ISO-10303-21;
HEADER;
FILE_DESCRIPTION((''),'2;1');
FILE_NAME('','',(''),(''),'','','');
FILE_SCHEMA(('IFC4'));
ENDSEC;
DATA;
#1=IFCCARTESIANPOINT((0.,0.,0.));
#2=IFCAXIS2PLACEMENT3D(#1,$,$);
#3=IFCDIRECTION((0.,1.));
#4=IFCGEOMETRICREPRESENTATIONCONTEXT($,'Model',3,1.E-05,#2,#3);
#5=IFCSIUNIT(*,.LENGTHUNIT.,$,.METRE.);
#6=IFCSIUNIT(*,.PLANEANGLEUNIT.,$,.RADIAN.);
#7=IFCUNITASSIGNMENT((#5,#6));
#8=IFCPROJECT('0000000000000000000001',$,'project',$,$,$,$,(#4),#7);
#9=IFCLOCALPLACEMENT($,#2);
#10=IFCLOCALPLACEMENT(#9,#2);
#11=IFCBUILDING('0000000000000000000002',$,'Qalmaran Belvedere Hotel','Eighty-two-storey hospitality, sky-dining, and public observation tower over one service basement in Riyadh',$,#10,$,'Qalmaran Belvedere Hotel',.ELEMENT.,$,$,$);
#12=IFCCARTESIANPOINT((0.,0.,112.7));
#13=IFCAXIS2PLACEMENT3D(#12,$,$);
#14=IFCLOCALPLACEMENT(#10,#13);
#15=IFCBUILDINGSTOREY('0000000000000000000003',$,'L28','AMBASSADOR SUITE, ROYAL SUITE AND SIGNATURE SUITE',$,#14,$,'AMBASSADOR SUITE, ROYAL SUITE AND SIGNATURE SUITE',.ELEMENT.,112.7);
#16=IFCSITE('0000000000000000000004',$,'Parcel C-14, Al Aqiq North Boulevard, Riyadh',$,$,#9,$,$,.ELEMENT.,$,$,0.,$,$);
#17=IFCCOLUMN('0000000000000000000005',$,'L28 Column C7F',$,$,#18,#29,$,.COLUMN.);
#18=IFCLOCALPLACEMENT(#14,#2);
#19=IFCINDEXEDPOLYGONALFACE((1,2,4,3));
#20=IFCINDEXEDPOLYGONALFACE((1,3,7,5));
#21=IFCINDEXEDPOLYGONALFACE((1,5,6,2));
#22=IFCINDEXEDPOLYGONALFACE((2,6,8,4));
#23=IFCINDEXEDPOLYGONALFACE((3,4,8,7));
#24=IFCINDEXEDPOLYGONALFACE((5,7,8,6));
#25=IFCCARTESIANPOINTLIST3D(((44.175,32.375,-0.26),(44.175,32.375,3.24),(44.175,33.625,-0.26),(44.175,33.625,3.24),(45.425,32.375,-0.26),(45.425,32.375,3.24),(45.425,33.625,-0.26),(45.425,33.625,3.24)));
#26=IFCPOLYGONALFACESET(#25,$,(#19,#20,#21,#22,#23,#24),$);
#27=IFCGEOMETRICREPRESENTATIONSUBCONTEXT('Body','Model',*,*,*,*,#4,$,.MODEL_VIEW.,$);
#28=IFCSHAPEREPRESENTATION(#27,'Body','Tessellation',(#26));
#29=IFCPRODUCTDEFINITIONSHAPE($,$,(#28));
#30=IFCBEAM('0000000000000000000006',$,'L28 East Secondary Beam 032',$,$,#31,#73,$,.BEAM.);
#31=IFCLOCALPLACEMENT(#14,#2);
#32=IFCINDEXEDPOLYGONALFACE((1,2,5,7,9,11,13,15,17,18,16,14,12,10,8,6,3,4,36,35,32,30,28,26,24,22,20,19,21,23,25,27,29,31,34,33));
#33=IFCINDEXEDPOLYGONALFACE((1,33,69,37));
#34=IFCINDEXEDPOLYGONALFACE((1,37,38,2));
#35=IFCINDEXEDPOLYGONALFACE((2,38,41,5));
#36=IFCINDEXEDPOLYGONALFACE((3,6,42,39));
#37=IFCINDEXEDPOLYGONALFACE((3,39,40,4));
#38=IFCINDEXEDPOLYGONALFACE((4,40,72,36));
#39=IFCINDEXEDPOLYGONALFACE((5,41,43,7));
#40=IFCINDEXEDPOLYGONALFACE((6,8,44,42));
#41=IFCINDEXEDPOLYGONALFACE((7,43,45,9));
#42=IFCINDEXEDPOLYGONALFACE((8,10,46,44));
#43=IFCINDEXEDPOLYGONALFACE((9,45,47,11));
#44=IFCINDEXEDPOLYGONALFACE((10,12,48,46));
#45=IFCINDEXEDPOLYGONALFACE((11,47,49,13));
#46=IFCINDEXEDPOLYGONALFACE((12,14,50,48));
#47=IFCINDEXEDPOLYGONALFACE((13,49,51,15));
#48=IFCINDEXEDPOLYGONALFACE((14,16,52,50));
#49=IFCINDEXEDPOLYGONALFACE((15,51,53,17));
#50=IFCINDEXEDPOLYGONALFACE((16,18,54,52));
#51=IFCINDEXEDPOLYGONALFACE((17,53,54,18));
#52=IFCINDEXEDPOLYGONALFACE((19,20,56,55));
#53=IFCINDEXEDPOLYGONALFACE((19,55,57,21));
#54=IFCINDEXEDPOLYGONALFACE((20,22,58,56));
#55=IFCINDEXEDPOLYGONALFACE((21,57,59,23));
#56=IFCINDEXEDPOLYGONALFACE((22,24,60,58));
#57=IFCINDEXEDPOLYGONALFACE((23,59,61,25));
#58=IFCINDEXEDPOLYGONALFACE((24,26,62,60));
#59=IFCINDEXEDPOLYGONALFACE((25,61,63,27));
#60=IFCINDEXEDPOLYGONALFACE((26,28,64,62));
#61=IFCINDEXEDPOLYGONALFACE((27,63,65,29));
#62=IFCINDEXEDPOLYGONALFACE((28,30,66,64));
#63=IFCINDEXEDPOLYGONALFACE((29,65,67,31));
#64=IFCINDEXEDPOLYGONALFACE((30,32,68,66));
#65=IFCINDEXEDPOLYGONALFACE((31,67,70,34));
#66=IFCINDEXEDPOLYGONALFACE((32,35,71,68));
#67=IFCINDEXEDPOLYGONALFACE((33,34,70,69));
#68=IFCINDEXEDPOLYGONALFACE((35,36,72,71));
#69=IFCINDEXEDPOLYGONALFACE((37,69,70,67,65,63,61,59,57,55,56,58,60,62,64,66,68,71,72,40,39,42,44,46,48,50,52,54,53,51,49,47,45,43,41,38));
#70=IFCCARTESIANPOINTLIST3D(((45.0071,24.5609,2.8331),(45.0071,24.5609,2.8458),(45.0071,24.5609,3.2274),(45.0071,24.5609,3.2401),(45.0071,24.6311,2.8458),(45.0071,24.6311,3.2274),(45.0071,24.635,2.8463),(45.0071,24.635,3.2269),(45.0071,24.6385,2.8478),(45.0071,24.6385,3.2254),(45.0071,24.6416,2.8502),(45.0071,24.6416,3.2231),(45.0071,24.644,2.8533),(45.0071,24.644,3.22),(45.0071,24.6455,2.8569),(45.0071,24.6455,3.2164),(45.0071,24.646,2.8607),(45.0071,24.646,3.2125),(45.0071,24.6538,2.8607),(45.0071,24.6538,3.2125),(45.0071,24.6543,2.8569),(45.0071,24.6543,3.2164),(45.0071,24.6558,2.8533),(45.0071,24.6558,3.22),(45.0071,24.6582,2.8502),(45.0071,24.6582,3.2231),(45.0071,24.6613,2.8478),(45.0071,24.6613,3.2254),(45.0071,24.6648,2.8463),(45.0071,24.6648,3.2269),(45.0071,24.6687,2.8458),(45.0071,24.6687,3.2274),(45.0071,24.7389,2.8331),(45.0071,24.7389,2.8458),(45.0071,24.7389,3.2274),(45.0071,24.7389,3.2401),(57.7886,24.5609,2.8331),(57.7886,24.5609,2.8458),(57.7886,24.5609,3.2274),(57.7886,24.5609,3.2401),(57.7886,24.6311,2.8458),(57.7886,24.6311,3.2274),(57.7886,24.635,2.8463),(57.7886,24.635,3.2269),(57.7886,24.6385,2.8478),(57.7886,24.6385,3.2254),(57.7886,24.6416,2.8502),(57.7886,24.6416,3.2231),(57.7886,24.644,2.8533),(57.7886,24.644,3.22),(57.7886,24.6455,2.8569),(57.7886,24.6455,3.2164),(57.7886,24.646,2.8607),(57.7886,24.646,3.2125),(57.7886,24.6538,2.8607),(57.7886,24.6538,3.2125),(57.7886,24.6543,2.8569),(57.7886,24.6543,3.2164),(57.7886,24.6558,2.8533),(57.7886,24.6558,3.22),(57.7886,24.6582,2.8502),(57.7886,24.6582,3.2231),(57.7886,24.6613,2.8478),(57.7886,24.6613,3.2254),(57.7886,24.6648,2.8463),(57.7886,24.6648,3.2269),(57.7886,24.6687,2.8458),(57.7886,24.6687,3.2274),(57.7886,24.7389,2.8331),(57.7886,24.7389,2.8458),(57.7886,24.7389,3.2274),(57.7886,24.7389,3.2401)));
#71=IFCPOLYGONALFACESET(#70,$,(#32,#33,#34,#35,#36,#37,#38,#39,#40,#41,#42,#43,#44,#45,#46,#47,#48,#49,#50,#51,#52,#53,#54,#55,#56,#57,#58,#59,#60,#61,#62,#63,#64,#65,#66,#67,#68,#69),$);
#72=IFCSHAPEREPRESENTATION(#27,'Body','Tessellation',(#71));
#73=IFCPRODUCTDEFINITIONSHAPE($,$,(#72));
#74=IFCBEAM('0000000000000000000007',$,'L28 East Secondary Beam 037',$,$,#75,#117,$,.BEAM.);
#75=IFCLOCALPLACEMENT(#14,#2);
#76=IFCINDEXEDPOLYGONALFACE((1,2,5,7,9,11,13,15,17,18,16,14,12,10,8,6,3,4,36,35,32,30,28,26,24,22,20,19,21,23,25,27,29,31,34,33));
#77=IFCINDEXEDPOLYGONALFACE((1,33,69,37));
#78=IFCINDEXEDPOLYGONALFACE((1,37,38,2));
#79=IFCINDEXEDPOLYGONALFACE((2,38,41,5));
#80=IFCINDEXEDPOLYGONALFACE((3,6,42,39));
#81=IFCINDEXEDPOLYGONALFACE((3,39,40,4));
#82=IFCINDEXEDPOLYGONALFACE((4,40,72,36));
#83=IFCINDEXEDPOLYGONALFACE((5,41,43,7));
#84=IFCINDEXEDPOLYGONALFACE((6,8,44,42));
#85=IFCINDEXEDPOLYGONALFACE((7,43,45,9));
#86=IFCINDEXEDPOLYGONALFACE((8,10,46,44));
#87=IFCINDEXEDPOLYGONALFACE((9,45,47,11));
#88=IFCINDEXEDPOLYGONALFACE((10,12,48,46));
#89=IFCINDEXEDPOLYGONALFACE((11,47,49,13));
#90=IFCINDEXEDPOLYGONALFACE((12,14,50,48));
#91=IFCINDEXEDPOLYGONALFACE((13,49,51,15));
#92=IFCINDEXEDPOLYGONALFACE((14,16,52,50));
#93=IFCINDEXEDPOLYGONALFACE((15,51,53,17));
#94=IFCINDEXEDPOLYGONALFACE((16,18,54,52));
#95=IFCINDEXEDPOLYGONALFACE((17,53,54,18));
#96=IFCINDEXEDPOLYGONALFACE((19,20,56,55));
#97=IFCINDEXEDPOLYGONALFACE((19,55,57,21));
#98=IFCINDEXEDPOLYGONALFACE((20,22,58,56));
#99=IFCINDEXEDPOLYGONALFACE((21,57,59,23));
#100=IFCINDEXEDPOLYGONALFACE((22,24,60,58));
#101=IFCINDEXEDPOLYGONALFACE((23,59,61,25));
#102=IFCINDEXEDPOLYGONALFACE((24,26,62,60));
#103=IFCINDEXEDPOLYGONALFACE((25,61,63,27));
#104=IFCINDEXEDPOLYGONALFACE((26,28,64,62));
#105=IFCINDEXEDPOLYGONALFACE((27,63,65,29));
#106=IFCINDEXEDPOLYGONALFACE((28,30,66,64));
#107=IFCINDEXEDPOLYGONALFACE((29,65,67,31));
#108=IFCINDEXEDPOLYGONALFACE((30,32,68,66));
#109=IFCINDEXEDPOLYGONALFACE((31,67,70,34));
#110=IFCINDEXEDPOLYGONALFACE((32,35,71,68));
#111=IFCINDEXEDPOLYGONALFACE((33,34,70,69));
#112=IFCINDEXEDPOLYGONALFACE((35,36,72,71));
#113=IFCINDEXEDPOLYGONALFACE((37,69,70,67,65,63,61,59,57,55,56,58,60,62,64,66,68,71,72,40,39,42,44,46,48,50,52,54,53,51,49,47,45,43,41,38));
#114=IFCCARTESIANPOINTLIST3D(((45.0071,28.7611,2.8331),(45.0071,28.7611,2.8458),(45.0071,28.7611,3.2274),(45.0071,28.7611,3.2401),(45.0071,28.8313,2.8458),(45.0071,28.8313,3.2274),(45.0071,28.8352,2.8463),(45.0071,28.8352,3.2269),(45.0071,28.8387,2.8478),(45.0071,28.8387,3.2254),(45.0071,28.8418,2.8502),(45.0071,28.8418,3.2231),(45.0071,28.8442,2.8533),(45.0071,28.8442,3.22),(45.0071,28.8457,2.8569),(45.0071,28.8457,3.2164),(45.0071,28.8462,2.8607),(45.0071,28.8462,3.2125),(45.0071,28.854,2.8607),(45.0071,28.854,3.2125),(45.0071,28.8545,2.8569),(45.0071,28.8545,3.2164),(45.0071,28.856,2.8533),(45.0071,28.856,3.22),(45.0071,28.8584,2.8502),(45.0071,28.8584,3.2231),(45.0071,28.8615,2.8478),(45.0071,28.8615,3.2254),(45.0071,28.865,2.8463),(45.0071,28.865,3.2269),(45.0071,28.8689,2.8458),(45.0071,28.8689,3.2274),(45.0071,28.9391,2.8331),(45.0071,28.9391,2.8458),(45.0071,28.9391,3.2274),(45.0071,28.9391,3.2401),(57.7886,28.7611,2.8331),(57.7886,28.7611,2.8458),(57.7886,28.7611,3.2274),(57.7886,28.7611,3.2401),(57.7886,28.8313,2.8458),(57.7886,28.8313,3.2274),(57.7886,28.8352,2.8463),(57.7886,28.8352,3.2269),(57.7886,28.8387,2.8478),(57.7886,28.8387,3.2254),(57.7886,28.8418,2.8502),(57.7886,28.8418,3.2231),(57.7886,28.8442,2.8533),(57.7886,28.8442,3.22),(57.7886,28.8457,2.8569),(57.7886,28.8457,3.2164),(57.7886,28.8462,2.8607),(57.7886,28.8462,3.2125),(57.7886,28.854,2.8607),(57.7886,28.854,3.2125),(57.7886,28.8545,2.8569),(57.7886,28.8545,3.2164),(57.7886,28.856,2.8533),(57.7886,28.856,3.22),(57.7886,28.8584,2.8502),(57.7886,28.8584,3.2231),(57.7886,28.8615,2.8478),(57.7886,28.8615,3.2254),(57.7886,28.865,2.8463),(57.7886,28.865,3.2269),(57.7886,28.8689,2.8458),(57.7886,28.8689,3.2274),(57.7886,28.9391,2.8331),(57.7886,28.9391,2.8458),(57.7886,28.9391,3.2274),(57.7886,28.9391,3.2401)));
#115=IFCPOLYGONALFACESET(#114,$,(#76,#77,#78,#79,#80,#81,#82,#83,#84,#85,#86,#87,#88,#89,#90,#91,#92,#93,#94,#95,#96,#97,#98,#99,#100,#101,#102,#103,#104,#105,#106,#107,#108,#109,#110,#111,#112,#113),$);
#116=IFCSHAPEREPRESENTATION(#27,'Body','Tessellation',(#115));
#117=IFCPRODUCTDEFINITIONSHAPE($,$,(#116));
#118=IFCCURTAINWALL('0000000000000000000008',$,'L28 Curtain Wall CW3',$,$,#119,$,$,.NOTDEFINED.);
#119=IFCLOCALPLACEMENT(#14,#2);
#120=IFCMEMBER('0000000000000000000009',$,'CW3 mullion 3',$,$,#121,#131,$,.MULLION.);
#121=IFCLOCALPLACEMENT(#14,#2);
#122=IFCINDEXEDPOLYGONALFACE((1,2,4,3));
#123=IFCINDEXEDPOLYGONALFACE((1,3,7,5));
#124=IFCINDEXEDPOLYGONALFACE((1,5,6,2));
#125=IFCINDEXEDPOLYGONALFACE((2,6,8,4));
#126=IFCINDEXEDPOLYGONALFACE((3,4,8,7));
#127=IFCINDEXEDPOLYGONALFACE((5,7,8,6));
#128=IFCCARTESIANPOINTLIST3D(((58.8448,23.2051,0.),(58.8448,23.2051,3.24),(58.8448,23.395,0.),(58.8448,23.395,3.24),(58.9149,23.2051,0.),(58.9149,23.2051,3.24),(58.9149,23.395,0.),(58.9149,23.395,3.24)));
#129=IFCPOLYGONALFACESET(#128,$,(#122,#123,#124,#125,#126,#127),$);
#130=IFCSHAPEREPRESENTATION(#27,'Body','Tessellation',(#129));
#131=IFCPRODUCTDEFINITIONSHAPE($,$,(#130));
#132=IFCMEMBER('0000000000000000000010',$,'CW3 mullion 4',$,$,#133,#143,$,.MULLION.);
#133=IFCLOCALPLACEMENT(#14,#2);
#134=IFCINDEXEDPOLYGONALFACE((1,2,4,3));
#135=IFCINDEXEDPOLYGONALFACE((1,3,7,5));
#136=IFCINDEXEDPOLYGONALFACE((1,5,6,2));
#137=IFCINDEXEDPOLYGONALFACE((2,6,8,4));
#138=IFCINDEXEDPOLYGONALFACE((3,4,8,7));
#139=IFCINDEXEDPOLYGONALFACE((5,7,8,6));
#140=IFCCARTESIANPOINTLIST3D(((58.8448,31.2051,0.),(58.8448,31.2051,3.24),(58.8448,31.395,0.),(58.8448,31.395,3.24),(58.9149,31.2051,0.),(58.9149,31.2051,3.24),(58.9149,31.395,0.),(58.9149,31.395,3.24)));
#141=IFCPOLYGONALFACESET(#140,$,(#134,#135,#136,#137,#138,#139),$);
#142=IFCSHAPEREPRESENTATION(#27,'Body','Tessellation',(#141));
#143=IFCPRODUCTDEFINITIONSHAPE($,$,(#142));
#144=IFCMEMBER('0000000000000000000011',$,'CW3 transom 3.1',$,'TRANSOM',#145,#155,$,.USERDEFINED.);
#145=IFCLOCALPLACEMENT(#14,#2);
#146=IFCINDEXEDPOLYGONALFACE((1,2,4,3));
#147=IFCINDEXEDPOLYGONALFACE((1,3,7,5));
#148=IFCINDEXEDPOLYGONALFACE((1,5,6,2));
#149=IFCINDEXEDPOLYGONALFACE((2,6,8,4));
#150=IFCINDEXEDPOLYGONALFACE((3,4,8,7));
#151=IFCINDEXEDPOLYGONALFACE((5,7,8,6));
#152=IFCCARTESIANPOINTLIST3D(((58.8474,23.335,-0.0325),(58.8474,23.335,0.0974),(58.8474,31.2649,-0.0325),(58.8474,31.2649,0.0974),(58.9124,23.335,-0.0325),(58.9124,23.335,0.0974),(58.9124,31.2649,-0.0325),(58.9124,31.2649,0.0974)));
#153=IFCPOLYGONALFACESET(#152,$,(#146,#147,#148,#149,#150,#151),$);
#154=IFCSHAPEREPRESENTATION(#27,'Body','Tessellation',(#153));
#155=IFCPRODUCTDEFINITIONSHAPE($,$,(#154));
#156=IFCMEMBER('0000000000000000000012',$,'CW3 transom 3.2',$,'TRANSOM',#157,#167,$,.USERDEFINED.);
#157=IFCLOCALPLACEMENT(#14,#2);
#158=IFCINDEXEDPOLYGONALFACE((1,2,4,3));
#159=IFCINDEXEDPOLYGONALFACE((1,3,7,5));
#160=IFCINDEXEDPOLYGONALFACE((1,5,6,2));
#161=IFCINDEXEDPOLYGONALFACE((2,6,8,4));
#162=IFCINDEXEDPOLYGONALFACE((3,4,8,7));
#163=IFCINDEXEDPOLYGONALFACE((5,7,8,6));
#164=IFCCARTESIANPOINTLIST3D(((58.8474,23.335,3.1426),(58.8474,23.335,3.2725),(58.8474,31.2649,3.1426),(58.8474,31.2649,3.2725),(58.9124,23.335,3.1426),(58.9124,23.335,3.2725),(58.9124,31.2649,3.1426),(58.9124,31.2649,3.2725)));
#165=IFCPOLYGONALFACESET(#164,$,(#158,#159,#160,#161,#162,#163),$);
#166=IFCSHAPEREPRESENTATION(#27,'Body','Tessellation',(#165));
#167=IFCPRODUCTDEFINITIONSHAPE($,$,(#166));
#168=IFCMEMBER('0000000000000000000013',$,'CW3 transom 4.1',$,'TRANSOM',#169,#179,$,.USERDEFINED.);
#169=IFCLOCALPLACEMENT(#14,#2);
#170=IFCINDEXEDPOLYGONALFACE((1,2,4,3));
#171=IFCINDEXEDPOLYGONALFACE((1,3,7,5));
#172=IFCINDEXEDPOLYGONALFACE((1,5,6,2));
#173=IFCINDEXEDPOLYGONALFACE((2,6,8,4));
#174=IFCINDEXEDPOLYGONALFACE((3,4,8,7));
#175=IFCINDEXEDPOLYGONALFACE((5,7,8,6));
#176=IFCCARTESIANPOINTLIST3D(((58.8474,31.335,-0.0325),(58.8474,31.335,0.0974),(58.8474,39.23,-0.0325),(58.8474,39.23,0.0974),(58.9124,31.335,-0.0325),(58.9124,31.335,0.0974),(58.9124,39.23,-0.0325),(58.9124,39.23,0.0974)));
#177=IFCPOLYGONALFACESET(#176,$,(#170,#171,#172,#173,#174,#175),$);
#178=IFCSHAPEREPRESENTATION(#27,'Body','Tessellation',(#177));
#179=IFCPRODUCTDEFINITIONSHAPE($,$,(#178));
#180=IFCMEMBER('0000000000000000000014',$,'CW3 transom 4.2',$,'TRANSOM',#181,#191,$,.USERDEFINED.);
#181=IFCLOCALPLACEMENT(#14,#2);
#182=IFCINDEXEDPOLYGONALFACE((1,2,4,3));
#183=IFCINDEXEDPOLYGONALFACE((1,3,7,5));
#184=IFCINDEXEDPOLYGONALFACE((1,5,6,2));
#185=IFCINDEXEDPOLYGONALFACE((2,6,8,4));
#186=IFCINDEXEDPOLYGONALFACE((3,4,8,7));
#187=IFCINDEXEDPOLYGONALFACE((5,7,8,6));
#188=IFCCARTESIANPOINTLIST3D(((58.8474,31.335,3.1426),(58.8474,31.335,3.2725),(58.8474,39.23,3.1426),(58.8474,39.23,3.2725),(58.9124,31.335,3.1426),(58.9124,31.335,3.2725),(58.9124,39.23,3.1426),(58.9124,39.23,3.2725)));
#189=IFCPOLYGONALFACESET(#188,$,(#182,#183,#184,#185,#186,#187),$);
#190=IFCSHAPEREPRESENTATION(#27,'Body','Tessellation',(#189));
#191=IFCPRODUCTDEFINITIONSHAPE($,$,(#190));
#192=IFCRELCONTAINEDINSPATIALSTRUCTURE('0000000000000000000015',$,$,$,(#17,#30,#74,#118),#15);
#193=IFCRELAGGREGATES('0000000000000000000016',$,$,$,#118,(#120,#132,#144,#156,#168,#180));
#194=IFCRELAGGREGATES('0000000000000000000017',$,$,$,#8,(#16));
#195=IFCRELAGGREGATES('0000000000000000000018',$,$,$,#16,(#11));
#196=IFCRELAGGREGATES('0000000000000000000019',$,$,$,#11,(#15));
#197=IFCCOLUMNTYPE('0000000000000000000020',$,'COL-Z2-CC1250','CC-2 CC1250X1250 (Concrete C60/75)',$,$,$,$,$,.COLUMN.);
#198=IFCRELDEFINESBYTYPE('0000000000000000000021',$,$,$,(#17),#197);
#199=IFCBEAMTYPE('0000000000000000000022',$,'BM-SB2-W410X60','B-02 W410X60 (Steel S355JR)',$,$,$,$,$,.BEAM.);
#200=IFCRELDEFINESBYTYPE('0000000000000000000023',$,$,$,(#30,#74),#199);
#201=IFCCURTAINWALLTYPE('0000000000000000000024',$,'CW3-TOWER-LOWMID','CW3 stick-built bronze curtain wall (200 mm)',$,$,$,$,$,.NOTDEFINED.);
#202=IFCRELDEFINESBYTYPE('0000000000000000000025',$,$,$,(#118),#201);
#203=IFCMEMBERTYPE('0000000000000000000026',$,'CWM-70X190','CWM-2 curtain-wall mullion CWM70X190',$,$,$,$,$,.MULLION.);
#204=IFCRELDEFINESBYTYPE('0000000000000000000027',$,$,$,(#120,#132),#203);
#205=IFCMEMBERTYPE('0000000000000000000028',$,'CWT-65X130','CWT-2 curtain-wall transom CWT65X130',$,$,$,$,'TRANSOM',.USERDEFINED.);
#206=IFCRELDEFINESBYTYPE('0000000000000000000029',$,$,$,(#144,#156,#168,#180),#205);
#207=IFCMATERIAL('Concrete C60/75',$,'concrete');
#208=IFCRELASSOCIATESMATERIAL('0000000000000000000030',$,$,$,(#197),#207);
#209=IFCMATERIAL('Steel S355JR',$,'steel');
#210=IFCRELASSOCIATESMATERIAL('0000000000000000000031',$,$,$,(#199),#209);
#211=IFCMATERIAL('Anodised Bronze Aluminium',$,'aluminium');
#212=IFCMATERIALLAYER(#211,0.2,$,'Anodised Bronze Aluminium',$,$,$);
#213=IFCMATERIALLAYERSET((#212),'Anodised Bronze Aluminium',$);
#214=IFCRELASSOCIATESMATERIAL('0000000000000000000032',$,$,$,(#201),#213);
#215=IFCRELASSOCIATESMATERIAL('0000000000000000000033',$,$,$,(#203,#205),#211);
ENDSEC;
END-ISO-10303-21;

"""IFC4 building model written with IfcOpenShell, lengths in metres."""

from ifc_helpers import new_model, si_unit, direction, frame, origin, origin_2d, place, context, subcontext, project, spatial, rectangle, i_section, extrude, material, layer, layer_set, material_profile, profile_set, type_object, element, aggregate, save


model = new_model("IFC4")

# Units and contexts
model_context = context("Model", 3, precision=1e-05, world=origin(), true_north=direction((0.0, 1.0)))
body_context = subcontext(model_context, "Body", "Model", "MODEL_VIEW")
ifc_project = project(units=[si_unit("LENGTHUNIT", "METRE"), si_unit("PLANEANGLEUNIT", "RADIAN")], contexts=[model_context])

# Site, building, storey
site_placement = place(None, origin())
site = spatial("IfcSite", under=ifc_project, at=site_placement, Name="Parcel C-14, Al Aqiq North Boulevard, Riyadh", CompositionType="ELEMENT", RefElevation=0.0)
building_placement = place(site_placement, origin())
building = spatial("IfcBuilding", under=site, at=building_placement, Name="Qalmaran Belvedere Hotel", Description="Eighty-two-storey hospitality, sky-dining, and public observation tower over one service basement in Riyadh", LongName="Qalmaran Belvedere Hotel", CompositionType="ELEMENT")
storey_placement = place(building_placement, frame((0.0, 0.0, 112.7)))
storey = spatial("IfcBuildingStorey", under=building, at=storey_placement, Name="L28", Description="AMBASSADOR SUITE, ROYAL SUITE AND SIGNATURE SUITE", LongName="AMBASSADOR SUITE, ROYAL SUITE AND SIGNATURE SUITE", CompositionType="ELEMENT", Elevation=112.7)

# Column
ifc_material_1 = material(Name="Concrete C60/75", Category="concrete")
ifc_material_profile_1 = material_profile(ifc_material_1, rectangle(XDim=1.25, YDim=1.25, at=origin_2d()), Name="CC1250X1250")
ifc_profile_set_1 = profile_set([ifc_material_profile_1], Name="Concrete C60/75")
column_type = type_object("IfcColumnType", Name="COL-Z2-CC1250", Description="CC-2 CC1250X1250 (Concrete C60/75)", PredefinedType="COLUMN", material=ifc_profile_set_1)
column_placement = place(storey_placement, frame((44.8, 33.0, -0.26), z_axis=(0.0, 0.0, 1.0), x_axis=(1.0, 0.0, 0.0)))
element("IfcColumn", 1, at=column_placement, inside=storey, type_object=column_type, Name="L28 Column C7F", PredefinedType="COLUMN", context=body_context, shape_type="SweptSolid", body=[
    extrude(rectangle(XDim=1.25, YDim=1.25, at=origin_2d()), origin(), (0.0, 0.0, 1.0), 3.5),
])

# Beams
ifc_material_2 = material(Name="Steel S355JR", Category="steel")
ifc_material_profile_2 = material_profile(ifc_material_2, i_section(OverallWidth=0.178, OverallDepth=0.407, WebThickness=0.0078, FlangeThickness=0.0127, FilletRadius=0.0149, at=origin_2d()), Name="W410X60")
ifc_profile_set_2 = profile_set([ifc_material_profile_2], Name="Steel S355JR")
beam_type = type_object("IfcBeamType", Name="BM-SB2-W410X60", Description="B-02 W410X60 (Steel S355JR)", PredefinedType="BEAM", material=ifc_profile_set_2)
for number, where, z_axis, x_axis, name in (
    (2, (45.0071, 24.6499, 3.0366), (1.0, 0.0, 0.0), (0.0, 1.0, 0.0), "L28 East Secondary Beam 032"),
    (3, (45.0071, 28.8501, 3.0366), (1.0, 0.0, 0.0), (0.0, 1.0, 0.0), "L28 East Secondary Beam 037"),
):
    element("IfcBeam", number, at=place(storey_placement, frame(where, z_axis=z_axis, x_axis=x_axis)), inside=storey, type_object=beam_type, Name=name, PredefinedType="BEAM", context=body_context, shape_type="SweptSolid", body=[
        extrude(i_section(OverallWidth=0.178, OverallDepth=0.407, WebThickness=0.0078, FlangeThickness=0.0127, FilletRadius=0.0149, at=origin_2d()), origin(), (0.0, 0.0, 1.0), 12.7815),
    ])

# Curtain wall, members
ifc_material_3 = material(Name="Anodised Bronze Aluminium", Category="aluminium")
ifc_layer_1 = layer(ifc_material_3, 0.2, Name="Anodised Bronze Aluminium")
ifc_layer_set_1 = layer_set([ifc_layer_1], Name="Anodised Bronze Aluminium")
curtain_wall_type = type_object("IfcCurtainWallType", Name="CW3-TOWER-LOWMID", Description="CW3 stick-built bronze curtain wall (200 mm)", PredefinedType="NOTDEFINED", material=ifc_layer_set_1)
curtain_wall_placement = place(storey_placement, origin())
curtain_wall = element("IfcCurtainWall", 4, at=curtain_wall_placement, inside=storey, type_object=curtain_wall_type, Name="L28 Curtain Wall CW3", PredefinedType="NOTDEFINED")
ifc_material_profile_3 = material_profile(ifc_material_3, rectangle(XDim=0.0701, YDim=0.1899, at=origin_2d()), Name="CWM70X190")
ifc_profile_set_3 = profile_set([ifc_material_profile_3], Name="Anodised Bronze Aluminium")
member_type_1 = type_object("IfcMemberType", Name="CWM-70X190", Description="CWM-2 curtain-wall mullion CWM70X190", PredefinedType="MULLION", material=ifc_profile_set_3)
member_1_placement = place(storey_placement, frame((58.8799, 23.3, 0.0), z_axis=(0.0, 0.0, 1.0), x_axis=(-1.0, 0.0, 0.0)))
member_1 = element("IfcMember", 5, at=member_1_placement, type_object=member_type_1, Name="CW3 mullion 3", PredefinedType="MULLION", context=body_context, shape_type="SweptSolid", body=[
    extrude(rectangle(XDim=0.0701, YDim=0.1899, at=origin_2d()), origin(), (0.0, 0.0, 1.0), 3.24),
])
member_2_placement = place(storey_placement, frame((58.8799, 31.3, 0.0), z_axis=(0.0, 0.0, 1.0), x_axis=(-1.0, 0.0, 0.0)))
member_2 = element("IfcMember", 6, at=member_2_placement, type_object=member_type_1, Name="CW3 mullion 4", PredefinedType="MULLION", context=body_context, shape_type="SweptSolid", body=[
    extrude(rectangle(XDim=0.0701, YDim=0.1899, at=origin_2d()), origin(), (0.0, 0.0, 1.0), 3.24),
])
ifc_material_profile_4 = material_profile(ifc_material_3, rectangle(XDim=0.0649, YDim=0.1299, at=origin_2d()), Name="CWT65X130")
ifc_profile_set_4 = profile_set([ifc_material_profile_4], Name="Anodised Bronze Aluminium")
member_type_2 = type_object("IfcMemberType", Name="CWT-65X130", Description="CWT-2 curtain-wall transom CWT65X130", ElementType="TRANSOM", PredefinedType="USERDEFINED", material=ifc_profile_set_4)
member_3_placement = place(storey_placement, frame((58.8799, 23.335, 0.0325), z_axis=(0.0, 1.0, 0.0), x_axis=(-1.0, 0.0, 0.0)))
member_3 = element("IfcMember", 7, at=member_3_placement, type_object=member_type_2, Name="CW3 transom 3.1", ObjectType="TRANSOM", PredefinedType="USERDEFINED", context=body_context, shape_type="SweptSolid", body=[
    extrude(rectangle(XDim=0.0649, YDim=0.1299, at=origin_2d()), origin(), (0.0, 0.0, 1.0), 7.9299),
])
member_4_placement = place(storey_placement, frame((58.8799, 23.335, 3.2075), z_axis=(0.0, 1.0, 0.0), x_axis=(-1.0, 0.0, 0.0)))
member_4 = element("IfcMember", 8, at=member_4_placement, type_object=member_type_2, Name="CW3 transom 3.2", ObjectType="TRANSOM", PredefinedType="USERDEFINED", context=body_context, shape_type="SweptSolid", body=[
    extrude(rectangle(XDim=0.0649, YDim=0.1299, at=origin_2d()), origin(), (0.0, 0.0, 1.0), 7.9299),
])
member_5_placement = place(storey_placement, frame((58.8799, 31.335, 0.0325), z_axis=(0.0, 1.0, 0.0), x_axis=(-1.0, 0.0, 0.0)))
member_5 = element("IfcMember", 9, at=member_5_placement, type_object=member_type_2, Name="CW3 transom 4.1", ObjectType="TRANSOM", PredefinedType="USERDEFINED", context=body_context, shape_type="SweptSolid", body=[
    extrude(rectangle(XDim=0.0649, YDim=0.1299, at=origin_2d()), origin(), (0.0, 0.0, 1.0), 7.895),
])
member_6_placement = place(storey_placement, frame((58.8799, 31.335, 3.2075), z_axis=(0.0, 1.0, 0.0), x_axis=(-1.0, 0.0, 0.0)))
member_6 = element("IfcMember", 10, at=member_6_placement, type_object=member_type_2, Name="CW3 transom 4.2", ObjectType="TRANSOM", PredefinedType="USERDEFINED", context=body_context, shape_type="SweptSolid", body=[
    extrude(rectangle(XDim=0.0649, YDim=0.1299, at=origin_2d()), origin(), (0.0, 0.0, 1.0), 7.895),
])
aggregate(curtain_wall, [member_1, member_2, member_3, member_4, member_5, member_6])

save(model, "model.ifc")
